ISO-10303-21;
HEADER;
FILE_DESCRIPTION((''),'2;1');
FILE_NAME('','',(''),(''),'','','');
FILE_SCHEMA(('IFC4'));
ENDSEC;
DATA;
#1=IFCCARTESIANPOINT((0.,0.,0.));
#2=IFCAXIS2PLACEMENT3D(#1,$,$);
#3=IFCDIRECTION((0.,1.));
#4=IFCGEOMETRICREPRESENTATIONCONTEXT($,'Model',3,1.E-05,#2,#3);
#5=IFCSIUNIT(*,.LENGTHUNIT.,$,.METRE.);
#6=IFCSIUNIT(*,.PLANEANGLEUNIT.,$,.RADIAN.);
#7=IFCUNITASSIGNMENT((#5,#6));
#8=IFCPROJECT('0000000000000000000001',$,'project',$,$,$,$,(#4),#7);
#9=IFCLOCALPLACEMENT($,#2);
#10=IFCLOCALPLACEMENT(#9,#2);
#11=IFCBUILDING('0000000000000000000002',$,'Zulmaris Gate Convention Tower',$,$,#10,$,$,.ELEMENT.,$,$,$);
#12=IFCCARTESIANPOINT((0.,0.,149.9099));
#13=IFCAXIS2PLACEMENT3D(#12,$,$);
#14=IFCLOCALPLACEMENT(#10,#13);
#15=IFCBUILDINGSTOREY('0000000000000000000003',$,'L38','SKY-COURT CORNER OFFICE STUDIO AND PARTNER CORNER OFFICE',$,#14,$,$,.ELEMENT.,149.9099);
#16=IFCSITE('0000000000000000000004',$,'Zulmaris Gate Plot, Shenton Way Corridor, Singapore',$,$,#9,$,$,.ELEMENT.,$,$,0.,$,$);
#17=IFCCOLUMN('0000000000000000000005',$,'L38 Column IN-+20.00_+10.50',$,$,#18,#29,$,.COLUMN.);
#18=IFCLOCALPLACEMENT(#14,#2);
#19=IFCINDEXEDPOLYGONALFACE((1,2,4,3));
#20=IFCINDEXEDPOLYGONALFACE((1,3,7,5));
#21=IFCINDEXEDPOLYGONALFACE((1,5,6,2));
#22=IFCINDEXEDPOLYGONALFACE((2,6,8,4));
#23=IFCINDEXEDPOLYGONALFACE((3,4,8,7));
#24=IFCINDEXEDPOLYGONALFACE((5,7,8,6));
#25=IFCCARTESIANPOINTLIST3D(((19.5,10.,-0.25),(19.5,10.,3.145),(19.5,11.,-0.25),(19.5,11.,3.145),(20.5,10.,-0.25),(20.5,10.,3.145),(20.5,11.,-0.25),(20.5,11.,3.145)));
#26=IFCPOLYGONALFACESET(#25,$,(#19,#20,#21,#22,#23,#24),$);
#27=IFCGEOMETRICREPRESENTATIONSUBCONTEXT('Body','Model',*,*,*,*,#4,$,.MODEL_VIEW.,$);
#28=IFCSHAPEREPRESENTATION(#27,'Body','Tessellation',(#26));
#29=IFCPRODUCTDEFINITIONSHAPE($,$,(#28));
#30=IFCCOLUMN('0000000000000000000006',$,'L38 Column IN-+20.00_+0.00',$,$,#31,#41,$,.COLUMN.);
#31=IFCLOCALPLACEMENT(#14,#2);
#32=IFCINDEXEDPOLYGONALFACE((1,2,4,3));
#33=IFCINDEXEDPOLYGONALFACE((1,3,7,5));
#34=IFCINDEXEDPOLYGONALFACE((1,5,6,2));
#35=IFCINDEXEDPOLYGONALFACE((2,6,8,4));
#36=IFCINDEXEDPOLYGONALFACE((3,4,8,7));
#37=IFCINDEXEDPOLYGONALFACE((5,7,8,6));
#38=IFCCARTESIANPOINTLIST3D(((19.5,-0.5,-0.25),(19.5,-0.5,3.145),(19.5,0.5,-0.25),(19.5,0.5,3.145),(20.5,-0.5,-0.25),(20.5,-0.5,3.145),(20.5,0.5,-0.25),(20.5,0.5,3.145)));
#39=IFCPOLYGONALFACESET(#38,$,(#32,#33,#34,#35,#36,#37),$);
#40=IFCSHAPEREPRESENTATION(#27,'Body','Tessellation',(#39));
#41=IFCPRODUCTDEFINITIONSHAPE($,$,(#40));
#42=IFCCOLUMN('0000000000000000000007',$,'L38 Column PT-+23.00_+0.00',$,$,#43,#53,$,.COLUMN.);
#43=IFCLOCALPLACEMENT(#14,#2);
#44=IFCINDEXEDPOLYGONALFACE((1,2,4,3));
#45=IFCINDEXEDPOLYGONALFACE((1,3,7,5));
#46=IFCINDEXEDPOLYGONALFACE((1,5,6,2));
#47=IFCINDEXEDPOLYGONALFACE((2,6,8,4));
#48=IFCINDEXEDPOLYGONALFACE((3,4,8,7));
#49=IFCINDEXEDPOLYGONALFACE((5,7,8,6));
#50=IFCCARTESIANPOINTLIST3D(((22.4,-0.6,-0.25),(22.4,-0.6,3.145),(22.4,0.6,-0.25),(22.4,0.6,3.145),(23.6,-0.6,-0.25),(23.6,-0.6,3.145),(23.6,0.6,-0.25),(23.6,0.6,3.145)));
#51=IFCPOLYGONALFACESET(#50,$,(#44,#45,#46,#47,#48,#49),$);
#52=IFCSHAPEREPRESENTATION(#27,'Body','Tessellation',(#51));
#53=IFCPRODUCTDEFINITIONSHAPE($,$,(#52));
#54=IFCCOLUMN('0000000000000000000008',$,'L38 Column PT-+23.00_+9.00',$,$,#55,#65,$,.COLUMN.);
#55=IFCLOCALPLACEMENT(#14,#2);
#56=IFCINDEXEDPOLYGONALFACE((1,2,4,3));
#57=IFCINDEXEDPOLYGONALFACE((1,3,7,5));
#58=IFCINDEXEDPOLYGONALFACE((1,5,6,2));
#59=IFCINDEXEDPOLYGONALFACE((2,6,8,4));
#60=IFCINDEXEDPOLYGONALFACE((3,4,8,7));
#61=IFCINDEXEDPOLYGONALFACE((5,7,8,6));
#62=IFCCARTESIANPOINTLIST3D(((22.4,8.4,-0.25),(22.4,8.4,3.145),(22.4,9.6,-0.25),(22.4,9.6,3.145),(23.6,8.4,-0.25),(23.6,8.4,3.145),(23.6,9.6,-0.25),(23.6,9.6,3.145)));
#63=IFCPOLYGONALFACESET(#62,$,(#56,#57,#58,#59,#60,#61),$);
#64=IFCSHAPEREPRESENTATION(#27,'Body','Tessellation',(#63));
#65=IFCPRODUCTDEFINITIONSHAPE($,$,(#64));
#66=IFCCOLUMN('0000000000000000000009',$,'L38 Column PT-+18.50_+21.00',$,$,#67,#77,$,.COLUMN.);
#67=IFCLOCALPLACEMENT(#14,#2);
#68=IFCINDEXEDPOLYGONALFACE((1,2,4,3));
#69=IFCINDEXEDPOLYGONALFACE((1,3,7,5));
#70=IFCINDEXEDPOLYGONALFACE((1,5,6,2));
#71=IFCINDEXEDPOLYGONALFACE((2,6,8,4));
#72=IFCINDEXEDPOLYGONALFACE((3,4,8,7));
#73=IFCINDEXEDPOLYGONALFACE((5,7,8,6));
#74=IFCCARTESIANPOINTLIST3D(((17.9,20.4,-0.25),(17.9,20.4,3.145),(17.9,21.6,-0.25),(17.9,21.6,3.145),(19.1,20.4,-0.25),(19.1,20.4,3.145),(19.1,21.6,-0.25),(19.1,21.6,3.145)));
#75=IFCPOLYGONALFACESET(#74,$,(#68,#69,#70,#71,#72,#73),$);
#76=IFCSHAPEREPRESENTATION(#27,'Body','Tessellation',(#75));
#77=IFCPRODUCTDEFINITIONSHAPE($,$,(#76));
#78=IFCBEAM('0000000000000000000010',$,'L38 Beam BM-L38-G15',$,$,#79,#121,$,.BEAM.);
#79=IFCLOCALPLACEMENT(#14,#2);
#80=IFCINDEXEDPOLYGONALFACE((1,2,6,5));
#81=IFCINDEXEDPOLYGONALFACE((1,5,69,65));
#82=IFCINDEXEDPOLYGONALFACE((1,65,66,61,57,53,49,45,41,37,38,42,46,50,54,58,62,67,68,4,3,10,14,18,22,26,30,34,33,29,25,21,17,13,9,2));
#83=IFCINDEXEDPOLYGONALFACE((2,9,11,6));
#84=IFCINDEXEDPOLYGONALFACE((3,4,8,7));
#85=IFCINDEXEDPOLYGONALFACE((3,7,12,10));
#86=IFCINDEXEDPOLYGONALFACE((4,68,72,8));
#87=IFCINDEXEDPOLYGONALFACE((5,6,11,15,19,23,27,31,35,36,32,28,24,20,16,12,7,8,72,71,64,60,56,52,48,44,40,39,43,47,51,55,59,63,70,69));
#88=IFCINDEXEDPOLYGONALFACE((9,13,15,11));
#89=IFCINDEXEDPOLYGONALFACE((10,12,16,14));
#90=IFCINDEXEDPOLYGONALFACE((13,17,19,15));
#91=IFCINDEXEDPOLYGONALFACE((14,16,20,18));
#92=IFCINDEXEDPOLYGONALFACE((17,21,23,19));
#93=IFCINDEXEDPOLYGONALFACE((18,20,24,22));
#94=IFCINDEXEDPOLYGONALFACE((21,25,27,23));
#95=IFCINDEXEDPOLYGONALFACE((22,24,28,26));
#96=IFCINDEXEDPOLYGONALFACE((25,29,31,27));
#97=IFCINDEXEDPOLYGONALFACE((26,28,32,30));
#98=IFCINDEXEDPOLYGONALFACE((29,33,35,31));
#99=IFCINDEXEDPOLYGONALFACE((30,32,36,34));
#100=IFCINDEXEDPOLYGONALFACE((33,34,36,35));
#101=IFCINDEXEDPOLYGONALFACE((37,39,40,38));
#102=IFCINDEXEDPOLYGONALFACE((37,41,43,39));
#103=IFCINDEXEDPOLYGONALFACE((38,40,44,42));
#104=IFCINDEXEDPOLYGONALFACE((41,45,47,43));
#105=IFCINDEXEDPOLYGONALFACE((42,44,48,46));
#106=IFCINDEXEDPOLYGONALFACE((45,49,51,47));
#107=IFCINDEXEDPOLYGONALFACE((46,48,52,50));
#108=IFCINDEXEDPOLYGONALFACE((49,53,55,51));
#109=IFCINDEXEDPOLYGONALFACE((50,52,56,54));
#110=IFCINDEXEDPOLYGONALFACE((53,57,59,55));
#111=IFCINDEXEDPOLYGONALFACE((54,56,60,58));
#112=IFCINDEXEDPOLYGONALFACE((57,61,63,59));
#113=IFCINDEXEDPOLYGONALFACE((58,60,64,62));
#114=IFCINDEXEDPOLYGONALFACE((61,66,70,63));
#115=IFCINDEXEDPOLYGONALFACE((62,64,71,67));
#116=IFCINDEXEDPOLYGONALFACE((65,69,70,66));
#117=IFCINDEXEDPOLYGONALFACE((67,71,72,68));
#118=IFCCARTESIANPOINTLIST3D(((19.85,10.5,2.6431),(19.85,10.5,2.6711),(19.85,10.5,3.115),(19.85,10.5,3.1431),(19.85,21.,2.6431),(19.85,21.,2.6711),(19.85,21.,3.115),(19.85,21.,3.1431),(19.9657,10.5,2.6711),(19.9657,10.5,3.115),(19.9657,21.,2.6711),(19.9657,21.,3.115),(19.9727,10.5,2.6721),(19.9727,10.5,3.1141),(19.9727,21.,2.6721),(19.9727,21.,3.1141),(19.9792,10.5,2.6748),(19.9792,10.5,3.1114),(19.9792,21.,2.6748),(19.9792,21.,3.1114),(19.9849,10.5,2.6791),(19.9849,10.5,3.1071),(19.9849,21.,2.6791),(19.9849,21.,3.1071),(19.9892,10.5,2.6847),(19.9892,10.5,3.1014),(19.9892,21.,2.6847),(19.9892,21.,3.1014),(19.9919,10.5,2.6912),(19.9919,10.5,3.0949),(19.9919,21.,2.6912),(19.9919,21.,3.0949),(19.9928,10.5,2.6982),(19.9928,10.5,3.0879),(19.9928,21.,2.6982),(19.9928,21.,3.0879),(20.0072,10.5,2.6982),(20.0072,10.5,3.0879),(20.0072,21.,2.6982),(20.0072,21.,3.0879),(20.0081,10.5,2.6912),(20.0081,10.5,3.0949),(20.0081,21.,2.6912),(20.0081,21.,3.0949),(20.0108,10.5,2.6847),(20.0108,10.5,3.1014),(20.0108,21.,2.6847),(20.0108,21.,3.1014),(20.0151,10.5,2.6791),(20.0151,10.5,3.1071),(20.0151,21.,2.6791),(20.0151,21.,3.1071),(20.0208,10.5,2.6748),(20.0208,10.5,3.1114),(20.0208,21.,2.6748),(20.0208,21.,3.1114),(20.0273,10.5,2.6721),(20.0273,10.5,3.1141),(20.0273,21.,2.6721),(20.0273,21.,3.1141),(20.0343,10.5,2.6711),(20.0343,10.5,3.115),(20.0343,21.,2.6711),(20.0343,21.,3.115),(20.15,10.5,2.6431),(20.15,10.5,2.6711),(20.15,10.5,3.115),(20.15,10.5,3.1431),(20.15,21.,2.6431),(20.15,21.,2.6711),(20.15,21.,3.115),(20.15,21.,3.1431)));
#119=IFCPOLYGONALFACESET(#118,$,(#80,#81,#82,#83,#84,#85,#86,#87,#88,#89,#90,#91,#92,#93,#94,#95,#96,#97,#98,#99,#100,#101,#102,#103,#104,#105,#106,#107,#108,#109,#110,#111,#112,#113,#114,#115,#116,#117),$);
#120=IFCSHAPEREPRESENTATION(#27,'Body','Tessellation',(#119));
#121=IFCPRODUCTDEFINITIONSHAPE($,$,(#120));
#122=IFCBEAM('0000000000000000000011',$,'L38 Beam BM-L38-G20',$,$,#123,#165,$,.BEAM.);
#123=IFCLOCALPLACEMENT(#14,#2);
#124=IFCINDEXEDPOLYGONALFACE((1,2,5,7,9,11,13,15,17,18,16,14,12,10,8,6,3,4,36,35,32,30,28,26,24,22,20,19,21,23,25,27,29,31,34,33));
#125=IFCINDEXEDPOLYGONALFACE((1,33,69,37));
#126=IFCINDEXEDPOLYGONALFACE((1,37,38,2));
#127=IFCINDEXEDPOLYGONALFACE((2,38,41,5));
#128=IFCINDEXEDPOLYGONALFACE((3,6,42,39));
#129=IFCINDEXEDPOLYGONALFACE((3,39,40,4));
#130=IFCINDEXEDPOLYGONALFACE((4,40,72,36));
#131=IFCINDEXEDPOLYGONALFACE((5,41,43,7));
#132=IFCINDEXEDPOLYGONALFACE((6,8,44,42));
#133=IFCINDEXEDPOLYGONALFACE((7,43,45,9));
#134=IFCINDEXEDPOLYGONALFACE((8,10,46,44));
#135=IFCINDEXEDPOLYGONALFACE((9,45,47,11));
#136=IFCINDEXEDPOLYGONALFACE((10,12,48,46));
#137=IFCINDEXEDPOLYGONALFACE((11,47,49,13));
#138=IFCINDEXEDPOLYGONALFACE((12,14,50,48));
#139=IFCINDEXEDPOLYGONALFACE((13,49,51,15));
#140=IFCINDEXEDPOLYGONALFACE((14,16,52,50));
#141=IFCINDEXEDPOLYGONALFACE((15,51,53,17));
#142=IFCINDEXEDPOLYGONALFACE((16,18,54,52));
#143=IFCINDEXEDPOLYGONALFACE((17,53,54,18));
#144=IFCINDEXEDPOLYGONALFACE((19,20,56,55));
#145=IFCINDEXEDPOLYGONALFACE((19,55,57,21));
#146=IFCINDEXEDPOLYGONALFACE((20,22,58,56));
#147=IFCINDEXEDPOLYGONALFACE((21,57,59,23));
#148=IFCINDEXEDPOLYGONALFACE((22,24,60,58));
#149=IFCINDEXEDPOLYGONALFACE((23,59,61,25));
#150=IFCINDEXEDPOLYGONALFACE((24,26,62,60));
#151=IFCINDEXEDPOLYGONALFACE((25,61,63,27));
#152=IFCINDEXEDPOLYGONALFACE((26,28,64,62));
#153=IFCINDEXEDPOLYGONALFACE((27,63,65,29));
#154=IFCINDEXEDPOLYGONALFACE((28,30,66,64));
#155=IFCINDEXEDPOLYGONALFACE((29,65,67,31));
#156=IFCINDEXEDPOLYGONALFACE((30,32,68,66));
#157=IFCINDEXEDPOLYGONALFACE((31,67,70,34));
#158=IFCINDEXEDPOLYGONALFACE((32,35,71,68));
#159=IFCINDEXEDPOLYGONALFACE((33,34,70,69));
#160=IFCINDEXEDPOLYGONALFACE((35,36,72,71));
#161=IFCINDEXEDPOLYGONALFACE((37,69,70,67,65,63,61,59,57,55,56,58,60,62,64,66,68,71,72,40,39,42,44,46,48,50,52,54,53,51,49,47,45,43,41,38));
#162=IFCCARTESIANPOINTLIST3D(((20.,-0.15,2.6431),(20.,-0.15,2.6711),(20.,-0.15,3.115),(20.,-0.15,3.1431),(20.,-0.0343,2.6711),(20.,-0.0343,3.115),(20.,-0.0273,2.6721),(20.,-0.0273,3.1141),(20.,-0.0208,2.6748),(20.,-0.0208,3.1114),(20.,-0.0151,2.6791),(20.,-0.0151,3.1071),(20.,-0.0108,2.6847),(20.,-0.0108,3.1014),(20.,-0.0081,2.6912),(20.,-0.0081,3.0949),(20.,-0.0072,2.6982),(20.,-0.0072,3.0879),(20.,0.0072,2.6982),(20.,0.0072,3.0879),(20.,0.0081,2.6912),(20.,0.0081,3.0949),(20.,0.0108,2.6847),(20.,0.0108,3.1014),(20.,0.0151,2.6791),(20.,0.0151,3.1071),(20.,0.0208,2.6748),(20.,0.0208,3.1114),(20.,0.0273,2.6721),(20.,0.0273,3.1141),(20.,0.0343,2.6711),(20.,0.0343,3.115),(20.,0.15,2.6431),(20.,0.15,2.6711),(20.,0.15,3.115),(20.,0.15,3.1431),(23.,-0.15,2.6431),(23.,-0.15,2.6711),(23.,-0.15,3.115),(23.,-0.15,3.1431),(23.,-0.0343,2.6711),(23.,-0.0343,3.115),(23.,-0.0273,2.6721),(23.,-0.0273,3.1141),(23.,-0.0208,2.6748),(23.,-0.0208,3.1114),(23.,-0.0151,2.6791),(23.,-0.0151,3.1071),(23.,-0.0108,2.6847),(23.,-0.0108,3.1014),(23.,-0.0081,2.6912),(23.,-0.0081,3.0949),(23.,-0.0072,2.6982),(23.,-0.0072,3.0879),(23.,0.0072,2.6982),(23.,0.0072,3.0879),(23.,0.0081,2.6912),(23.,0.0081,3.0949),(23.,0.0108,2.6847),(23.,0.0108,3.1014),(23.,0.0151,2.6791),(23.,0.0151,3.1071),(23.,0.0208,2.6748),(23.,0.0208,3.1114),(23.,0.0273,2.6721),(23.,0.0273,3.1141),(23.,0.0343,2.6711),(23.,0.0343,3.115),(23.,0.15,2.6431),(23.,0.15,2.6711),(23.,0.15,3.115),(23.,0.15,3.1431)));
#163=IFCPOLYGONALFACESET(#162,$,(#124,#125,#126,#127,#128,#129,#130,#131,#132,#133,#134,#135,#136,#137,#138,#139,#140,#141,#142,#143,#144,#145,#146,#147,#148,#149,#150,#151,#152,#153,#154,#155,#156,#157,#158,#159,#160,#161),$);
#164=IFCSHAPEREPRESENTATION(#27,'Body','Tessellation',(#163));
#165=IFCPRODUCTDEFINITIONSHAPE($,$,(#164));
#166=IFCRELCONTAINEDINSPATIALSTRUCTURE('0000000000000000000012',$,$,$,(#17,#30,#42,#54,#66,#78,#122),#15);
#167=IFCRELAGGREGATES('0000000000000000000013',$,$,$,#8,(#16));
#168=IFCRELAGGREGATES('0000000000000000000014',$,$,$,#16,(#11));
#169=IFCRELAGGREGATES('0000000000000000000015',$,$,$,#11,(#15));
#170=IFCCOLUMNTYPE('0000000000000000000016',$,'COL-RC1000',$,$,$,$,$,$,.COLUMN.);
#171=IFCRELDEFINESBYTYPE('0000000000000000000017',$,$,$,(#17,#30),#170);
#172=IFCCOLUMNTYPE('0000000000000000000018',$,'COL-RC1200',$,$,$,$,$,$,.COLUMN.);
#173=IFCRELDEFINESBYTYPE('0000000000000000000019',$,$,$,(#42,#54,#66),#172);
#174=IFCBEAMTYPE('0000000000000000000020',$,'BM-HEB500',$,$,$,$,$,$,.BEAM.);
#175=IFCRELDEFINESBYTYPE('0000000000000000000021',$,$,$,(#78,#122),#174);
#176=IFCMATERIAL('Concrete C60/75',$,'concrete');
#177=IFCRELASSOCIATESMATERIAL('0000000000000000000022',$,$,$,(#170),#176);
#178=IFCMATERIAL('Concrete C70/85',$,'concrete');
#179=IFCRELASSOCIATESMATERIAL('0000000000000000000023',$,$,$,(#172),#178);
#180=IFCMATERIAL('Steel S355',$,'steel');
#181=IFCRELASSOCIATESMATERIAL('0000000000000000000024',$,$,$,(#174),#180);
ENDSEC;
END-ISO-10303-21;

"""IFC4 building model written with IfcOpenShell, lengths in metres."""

from ifc_helpers import new_model, si_unit, direction, frame, origin, origin_2d, place, context, subcontext, project, spatial, rectangle, i_section, extrude, material, material_profile, profile_set, type_object, element, save


model = new_model("IFC4")

# Units and contexts
model_context = context("Model", 3, precision=1e-05, world=origin(), true_north=direction((0.0, 1.0)))
body_context = subcontext(model_context, "Body", "Model", "MODEL_VIEW")
ifc_project = project(units=[si_unit("LENGTHUNIT", "METRE"), si_unit("PLANEANGLEUNIT", "RADIAN")], contexts=[model_context])

# Site, building, storey
site_placement = place(None, origin())
site = spatial("IfcSite", under=ifc_project, at=site_placement, Name="Zulmaris Gate Plot, Shenton Way Corridor, Singapore", CompositionType="ELEMENT", RefElevation=0.0)
building_placement = place(site_placement, origin())
building = spatial("IfcBuilding", under=site, at=building_placement, Name="Zulmaris Gate Convention Tower", CompositionType="ELEMENT")
storey_placement = place(building_placement, frame((0.0, 0.0, 149.9099)))
storey = spatial("IfcBuildingStorey", under=building, at=storey_placement, Name="L38", Description="SKY-COURT CORNER OFFICE STUDIO AND PARTNER CORNER OFFICE", CompositionType="ELEMENT", Elevation=149.9099)

# Columns
ifc_material_1 = material(Name="Concrete C60/75", Category="concrete")
ifc_material_profile_1 = material_profile(ifc_material_1, rectangle(XDim=1.0, YDim=1.0, at=origin_2d()), Name="RC COL 1000x1000")
ifc_profile_set_1 = profile_set([ifc_material_profile_1], Name="Concrete C60/75")
column_type_1 = type_object("IfcColumnType", Name="COL-RC1000", PredefinedType="COLUMN", material=ifc_profile_set_1)
for number, where, z_axis, x_axis, name in (
    (1, (20.0, 10.5, -0.25), (0.0, 0.0, 1.0), (1.0, 0.0, 0.0), "L38 Column IN-+20.00_+10.50"),
    (2, (20.0, 0.0, -0.25), (0.0, 0.0, 1.0), (1.0, 0.0, 0.0), "L38 Column IN-+20.00_+0.00"),
):
    element("IfcColumn", number, at=place(storey_placement, frame(where, z_axis=z_axis, x_axis=x_axis)), inside=storey, type_object=column_type_1, Name=name, PredefinedType="COLUMN", context=body_context, shape_type="SweptSolid", body=[
        extrude(rectangle(XDim=1.0, YDim=1.0, at=origin_2d()), origin(), (0.0, 0.0, 1.0), 3.395),
    ])
ifc_material_2 = material(Name="Concrete C70/85", Category="concrete")
ifc_material_profile_2 = material_profile(ifc_material_2, rectangle(XDim=1.2, YDim=1.2, at=origin_2d()), Name="RC COL 1200x1200")
ifc_profile_set_2 = profile_set([ifc_material_profile_2], Name="Concrete C70/85")
column_type_2 = type_object("IfcColumnType", Name="COL-RC1200", PredefinedType="COLUMN", material=ifc_profile_set_2)
for number, where, z_axis, x_axis, name in (
    (3, (23.0, 0.0, -0.25), (0.0, 0.0, 1.0), (1.0, 0.0, 0.0), "L38 Column PT-+23.00_+0.00"),
    (4, (23.0, 9.0, -0.25), (0.0, 0.0, 1.0), (1.0, 0.0, 0.0), "L38 Column PT-+23.00_+9.00"),
    (5, (18.5, 21.0, -0.25), (0.0, 0.0, 1.0), (1.0, 0.0, 0.0), "L38 Column PT-+18.50_+21.00"),
):
    element("IfcColumn", number, at=place(storey_placement, frame(where, z_axis=z_axis, x_axis=x_axis)), inside=storey, type_object=column_type_2, Name=name, PredefinedType="COLUMN", context=body_context, shape_type="SweptSolid", body=[
        extrude(rectangle(XDim=1.2, YDim=1.2, at=origin_2d()), origin(), (0.0, 0.0, 1.0), 3.395),
    ])

# Beams
ifc_material_3 = material(Name="Steel S355", Category="steel")
ifc_material_profile_3 = material_profile(ifc_material_3, i_section(OverallWidth=0.3, OverallDepth=0.5, WebThickness=0.0144, FlangeThickness=0.0281, FilletRadius=0.0271, at=origin_2d()), Name="HEB 500")
ifc_profile_set_3 = profile_set([ifc_material_profile_3], Name="Steel S355")
beam_type_1 = type_object("IfcBeamType", Name="BM-HEB500", PredefinedType="BEAM", material=ifc_profile_set_3)
beam_1_placement = place(storey_placement, frame((20.0, 10.5, 2.8931), z_axis=(0.0, 1.0, 0.0), x_axis=(-1.0, 0.0, 0.0)))
element("IfcBeam", 6, at=beam_1_placement, inside=storey, type_object=beam_type_1, Name="L38 Beam BM-L38-G15", PredefinedType="BEAM", context=body_context, shape_type="SweptSolid", body=[
    extrude(i_section(OverallWidth=0.3, OverallDepth=0.5, WebThickness=0.0144, FlangeThickness=0.0281, FilletRadius=0.0271, at=origin_2d()), origin(), (0.0, 0.0, 1.0), 10.5),
])
for number, where, z_axis, x_axis, name in (
    (7, (20.0, 0.0, 2.8931), (1.0, 0.0, 0.0), (0.0, 1.0, 0.0), "L38 Beam BM-L38-G20"),
):
    element("IfcBeam", number, at=place(storey_placement, frame(where, z_axis=z_axis, x_axis=x_axis)), inside=storey, type_object=beam_type_1, Name=name, PredefinedType="BEAM", context=body_context, shape_type="SweptSolid", body=[
        extrude(i_section(OverallWidth=0.3, OverallDepth=0.5, WebThickness=0.0144, FlangeThickness=0.0281, FilletRadius=0.0271, at=origin_2d()), origin(), (0.0, 0.0, 1.0), 3.0),
    ])

save(model, "model.ifc")
